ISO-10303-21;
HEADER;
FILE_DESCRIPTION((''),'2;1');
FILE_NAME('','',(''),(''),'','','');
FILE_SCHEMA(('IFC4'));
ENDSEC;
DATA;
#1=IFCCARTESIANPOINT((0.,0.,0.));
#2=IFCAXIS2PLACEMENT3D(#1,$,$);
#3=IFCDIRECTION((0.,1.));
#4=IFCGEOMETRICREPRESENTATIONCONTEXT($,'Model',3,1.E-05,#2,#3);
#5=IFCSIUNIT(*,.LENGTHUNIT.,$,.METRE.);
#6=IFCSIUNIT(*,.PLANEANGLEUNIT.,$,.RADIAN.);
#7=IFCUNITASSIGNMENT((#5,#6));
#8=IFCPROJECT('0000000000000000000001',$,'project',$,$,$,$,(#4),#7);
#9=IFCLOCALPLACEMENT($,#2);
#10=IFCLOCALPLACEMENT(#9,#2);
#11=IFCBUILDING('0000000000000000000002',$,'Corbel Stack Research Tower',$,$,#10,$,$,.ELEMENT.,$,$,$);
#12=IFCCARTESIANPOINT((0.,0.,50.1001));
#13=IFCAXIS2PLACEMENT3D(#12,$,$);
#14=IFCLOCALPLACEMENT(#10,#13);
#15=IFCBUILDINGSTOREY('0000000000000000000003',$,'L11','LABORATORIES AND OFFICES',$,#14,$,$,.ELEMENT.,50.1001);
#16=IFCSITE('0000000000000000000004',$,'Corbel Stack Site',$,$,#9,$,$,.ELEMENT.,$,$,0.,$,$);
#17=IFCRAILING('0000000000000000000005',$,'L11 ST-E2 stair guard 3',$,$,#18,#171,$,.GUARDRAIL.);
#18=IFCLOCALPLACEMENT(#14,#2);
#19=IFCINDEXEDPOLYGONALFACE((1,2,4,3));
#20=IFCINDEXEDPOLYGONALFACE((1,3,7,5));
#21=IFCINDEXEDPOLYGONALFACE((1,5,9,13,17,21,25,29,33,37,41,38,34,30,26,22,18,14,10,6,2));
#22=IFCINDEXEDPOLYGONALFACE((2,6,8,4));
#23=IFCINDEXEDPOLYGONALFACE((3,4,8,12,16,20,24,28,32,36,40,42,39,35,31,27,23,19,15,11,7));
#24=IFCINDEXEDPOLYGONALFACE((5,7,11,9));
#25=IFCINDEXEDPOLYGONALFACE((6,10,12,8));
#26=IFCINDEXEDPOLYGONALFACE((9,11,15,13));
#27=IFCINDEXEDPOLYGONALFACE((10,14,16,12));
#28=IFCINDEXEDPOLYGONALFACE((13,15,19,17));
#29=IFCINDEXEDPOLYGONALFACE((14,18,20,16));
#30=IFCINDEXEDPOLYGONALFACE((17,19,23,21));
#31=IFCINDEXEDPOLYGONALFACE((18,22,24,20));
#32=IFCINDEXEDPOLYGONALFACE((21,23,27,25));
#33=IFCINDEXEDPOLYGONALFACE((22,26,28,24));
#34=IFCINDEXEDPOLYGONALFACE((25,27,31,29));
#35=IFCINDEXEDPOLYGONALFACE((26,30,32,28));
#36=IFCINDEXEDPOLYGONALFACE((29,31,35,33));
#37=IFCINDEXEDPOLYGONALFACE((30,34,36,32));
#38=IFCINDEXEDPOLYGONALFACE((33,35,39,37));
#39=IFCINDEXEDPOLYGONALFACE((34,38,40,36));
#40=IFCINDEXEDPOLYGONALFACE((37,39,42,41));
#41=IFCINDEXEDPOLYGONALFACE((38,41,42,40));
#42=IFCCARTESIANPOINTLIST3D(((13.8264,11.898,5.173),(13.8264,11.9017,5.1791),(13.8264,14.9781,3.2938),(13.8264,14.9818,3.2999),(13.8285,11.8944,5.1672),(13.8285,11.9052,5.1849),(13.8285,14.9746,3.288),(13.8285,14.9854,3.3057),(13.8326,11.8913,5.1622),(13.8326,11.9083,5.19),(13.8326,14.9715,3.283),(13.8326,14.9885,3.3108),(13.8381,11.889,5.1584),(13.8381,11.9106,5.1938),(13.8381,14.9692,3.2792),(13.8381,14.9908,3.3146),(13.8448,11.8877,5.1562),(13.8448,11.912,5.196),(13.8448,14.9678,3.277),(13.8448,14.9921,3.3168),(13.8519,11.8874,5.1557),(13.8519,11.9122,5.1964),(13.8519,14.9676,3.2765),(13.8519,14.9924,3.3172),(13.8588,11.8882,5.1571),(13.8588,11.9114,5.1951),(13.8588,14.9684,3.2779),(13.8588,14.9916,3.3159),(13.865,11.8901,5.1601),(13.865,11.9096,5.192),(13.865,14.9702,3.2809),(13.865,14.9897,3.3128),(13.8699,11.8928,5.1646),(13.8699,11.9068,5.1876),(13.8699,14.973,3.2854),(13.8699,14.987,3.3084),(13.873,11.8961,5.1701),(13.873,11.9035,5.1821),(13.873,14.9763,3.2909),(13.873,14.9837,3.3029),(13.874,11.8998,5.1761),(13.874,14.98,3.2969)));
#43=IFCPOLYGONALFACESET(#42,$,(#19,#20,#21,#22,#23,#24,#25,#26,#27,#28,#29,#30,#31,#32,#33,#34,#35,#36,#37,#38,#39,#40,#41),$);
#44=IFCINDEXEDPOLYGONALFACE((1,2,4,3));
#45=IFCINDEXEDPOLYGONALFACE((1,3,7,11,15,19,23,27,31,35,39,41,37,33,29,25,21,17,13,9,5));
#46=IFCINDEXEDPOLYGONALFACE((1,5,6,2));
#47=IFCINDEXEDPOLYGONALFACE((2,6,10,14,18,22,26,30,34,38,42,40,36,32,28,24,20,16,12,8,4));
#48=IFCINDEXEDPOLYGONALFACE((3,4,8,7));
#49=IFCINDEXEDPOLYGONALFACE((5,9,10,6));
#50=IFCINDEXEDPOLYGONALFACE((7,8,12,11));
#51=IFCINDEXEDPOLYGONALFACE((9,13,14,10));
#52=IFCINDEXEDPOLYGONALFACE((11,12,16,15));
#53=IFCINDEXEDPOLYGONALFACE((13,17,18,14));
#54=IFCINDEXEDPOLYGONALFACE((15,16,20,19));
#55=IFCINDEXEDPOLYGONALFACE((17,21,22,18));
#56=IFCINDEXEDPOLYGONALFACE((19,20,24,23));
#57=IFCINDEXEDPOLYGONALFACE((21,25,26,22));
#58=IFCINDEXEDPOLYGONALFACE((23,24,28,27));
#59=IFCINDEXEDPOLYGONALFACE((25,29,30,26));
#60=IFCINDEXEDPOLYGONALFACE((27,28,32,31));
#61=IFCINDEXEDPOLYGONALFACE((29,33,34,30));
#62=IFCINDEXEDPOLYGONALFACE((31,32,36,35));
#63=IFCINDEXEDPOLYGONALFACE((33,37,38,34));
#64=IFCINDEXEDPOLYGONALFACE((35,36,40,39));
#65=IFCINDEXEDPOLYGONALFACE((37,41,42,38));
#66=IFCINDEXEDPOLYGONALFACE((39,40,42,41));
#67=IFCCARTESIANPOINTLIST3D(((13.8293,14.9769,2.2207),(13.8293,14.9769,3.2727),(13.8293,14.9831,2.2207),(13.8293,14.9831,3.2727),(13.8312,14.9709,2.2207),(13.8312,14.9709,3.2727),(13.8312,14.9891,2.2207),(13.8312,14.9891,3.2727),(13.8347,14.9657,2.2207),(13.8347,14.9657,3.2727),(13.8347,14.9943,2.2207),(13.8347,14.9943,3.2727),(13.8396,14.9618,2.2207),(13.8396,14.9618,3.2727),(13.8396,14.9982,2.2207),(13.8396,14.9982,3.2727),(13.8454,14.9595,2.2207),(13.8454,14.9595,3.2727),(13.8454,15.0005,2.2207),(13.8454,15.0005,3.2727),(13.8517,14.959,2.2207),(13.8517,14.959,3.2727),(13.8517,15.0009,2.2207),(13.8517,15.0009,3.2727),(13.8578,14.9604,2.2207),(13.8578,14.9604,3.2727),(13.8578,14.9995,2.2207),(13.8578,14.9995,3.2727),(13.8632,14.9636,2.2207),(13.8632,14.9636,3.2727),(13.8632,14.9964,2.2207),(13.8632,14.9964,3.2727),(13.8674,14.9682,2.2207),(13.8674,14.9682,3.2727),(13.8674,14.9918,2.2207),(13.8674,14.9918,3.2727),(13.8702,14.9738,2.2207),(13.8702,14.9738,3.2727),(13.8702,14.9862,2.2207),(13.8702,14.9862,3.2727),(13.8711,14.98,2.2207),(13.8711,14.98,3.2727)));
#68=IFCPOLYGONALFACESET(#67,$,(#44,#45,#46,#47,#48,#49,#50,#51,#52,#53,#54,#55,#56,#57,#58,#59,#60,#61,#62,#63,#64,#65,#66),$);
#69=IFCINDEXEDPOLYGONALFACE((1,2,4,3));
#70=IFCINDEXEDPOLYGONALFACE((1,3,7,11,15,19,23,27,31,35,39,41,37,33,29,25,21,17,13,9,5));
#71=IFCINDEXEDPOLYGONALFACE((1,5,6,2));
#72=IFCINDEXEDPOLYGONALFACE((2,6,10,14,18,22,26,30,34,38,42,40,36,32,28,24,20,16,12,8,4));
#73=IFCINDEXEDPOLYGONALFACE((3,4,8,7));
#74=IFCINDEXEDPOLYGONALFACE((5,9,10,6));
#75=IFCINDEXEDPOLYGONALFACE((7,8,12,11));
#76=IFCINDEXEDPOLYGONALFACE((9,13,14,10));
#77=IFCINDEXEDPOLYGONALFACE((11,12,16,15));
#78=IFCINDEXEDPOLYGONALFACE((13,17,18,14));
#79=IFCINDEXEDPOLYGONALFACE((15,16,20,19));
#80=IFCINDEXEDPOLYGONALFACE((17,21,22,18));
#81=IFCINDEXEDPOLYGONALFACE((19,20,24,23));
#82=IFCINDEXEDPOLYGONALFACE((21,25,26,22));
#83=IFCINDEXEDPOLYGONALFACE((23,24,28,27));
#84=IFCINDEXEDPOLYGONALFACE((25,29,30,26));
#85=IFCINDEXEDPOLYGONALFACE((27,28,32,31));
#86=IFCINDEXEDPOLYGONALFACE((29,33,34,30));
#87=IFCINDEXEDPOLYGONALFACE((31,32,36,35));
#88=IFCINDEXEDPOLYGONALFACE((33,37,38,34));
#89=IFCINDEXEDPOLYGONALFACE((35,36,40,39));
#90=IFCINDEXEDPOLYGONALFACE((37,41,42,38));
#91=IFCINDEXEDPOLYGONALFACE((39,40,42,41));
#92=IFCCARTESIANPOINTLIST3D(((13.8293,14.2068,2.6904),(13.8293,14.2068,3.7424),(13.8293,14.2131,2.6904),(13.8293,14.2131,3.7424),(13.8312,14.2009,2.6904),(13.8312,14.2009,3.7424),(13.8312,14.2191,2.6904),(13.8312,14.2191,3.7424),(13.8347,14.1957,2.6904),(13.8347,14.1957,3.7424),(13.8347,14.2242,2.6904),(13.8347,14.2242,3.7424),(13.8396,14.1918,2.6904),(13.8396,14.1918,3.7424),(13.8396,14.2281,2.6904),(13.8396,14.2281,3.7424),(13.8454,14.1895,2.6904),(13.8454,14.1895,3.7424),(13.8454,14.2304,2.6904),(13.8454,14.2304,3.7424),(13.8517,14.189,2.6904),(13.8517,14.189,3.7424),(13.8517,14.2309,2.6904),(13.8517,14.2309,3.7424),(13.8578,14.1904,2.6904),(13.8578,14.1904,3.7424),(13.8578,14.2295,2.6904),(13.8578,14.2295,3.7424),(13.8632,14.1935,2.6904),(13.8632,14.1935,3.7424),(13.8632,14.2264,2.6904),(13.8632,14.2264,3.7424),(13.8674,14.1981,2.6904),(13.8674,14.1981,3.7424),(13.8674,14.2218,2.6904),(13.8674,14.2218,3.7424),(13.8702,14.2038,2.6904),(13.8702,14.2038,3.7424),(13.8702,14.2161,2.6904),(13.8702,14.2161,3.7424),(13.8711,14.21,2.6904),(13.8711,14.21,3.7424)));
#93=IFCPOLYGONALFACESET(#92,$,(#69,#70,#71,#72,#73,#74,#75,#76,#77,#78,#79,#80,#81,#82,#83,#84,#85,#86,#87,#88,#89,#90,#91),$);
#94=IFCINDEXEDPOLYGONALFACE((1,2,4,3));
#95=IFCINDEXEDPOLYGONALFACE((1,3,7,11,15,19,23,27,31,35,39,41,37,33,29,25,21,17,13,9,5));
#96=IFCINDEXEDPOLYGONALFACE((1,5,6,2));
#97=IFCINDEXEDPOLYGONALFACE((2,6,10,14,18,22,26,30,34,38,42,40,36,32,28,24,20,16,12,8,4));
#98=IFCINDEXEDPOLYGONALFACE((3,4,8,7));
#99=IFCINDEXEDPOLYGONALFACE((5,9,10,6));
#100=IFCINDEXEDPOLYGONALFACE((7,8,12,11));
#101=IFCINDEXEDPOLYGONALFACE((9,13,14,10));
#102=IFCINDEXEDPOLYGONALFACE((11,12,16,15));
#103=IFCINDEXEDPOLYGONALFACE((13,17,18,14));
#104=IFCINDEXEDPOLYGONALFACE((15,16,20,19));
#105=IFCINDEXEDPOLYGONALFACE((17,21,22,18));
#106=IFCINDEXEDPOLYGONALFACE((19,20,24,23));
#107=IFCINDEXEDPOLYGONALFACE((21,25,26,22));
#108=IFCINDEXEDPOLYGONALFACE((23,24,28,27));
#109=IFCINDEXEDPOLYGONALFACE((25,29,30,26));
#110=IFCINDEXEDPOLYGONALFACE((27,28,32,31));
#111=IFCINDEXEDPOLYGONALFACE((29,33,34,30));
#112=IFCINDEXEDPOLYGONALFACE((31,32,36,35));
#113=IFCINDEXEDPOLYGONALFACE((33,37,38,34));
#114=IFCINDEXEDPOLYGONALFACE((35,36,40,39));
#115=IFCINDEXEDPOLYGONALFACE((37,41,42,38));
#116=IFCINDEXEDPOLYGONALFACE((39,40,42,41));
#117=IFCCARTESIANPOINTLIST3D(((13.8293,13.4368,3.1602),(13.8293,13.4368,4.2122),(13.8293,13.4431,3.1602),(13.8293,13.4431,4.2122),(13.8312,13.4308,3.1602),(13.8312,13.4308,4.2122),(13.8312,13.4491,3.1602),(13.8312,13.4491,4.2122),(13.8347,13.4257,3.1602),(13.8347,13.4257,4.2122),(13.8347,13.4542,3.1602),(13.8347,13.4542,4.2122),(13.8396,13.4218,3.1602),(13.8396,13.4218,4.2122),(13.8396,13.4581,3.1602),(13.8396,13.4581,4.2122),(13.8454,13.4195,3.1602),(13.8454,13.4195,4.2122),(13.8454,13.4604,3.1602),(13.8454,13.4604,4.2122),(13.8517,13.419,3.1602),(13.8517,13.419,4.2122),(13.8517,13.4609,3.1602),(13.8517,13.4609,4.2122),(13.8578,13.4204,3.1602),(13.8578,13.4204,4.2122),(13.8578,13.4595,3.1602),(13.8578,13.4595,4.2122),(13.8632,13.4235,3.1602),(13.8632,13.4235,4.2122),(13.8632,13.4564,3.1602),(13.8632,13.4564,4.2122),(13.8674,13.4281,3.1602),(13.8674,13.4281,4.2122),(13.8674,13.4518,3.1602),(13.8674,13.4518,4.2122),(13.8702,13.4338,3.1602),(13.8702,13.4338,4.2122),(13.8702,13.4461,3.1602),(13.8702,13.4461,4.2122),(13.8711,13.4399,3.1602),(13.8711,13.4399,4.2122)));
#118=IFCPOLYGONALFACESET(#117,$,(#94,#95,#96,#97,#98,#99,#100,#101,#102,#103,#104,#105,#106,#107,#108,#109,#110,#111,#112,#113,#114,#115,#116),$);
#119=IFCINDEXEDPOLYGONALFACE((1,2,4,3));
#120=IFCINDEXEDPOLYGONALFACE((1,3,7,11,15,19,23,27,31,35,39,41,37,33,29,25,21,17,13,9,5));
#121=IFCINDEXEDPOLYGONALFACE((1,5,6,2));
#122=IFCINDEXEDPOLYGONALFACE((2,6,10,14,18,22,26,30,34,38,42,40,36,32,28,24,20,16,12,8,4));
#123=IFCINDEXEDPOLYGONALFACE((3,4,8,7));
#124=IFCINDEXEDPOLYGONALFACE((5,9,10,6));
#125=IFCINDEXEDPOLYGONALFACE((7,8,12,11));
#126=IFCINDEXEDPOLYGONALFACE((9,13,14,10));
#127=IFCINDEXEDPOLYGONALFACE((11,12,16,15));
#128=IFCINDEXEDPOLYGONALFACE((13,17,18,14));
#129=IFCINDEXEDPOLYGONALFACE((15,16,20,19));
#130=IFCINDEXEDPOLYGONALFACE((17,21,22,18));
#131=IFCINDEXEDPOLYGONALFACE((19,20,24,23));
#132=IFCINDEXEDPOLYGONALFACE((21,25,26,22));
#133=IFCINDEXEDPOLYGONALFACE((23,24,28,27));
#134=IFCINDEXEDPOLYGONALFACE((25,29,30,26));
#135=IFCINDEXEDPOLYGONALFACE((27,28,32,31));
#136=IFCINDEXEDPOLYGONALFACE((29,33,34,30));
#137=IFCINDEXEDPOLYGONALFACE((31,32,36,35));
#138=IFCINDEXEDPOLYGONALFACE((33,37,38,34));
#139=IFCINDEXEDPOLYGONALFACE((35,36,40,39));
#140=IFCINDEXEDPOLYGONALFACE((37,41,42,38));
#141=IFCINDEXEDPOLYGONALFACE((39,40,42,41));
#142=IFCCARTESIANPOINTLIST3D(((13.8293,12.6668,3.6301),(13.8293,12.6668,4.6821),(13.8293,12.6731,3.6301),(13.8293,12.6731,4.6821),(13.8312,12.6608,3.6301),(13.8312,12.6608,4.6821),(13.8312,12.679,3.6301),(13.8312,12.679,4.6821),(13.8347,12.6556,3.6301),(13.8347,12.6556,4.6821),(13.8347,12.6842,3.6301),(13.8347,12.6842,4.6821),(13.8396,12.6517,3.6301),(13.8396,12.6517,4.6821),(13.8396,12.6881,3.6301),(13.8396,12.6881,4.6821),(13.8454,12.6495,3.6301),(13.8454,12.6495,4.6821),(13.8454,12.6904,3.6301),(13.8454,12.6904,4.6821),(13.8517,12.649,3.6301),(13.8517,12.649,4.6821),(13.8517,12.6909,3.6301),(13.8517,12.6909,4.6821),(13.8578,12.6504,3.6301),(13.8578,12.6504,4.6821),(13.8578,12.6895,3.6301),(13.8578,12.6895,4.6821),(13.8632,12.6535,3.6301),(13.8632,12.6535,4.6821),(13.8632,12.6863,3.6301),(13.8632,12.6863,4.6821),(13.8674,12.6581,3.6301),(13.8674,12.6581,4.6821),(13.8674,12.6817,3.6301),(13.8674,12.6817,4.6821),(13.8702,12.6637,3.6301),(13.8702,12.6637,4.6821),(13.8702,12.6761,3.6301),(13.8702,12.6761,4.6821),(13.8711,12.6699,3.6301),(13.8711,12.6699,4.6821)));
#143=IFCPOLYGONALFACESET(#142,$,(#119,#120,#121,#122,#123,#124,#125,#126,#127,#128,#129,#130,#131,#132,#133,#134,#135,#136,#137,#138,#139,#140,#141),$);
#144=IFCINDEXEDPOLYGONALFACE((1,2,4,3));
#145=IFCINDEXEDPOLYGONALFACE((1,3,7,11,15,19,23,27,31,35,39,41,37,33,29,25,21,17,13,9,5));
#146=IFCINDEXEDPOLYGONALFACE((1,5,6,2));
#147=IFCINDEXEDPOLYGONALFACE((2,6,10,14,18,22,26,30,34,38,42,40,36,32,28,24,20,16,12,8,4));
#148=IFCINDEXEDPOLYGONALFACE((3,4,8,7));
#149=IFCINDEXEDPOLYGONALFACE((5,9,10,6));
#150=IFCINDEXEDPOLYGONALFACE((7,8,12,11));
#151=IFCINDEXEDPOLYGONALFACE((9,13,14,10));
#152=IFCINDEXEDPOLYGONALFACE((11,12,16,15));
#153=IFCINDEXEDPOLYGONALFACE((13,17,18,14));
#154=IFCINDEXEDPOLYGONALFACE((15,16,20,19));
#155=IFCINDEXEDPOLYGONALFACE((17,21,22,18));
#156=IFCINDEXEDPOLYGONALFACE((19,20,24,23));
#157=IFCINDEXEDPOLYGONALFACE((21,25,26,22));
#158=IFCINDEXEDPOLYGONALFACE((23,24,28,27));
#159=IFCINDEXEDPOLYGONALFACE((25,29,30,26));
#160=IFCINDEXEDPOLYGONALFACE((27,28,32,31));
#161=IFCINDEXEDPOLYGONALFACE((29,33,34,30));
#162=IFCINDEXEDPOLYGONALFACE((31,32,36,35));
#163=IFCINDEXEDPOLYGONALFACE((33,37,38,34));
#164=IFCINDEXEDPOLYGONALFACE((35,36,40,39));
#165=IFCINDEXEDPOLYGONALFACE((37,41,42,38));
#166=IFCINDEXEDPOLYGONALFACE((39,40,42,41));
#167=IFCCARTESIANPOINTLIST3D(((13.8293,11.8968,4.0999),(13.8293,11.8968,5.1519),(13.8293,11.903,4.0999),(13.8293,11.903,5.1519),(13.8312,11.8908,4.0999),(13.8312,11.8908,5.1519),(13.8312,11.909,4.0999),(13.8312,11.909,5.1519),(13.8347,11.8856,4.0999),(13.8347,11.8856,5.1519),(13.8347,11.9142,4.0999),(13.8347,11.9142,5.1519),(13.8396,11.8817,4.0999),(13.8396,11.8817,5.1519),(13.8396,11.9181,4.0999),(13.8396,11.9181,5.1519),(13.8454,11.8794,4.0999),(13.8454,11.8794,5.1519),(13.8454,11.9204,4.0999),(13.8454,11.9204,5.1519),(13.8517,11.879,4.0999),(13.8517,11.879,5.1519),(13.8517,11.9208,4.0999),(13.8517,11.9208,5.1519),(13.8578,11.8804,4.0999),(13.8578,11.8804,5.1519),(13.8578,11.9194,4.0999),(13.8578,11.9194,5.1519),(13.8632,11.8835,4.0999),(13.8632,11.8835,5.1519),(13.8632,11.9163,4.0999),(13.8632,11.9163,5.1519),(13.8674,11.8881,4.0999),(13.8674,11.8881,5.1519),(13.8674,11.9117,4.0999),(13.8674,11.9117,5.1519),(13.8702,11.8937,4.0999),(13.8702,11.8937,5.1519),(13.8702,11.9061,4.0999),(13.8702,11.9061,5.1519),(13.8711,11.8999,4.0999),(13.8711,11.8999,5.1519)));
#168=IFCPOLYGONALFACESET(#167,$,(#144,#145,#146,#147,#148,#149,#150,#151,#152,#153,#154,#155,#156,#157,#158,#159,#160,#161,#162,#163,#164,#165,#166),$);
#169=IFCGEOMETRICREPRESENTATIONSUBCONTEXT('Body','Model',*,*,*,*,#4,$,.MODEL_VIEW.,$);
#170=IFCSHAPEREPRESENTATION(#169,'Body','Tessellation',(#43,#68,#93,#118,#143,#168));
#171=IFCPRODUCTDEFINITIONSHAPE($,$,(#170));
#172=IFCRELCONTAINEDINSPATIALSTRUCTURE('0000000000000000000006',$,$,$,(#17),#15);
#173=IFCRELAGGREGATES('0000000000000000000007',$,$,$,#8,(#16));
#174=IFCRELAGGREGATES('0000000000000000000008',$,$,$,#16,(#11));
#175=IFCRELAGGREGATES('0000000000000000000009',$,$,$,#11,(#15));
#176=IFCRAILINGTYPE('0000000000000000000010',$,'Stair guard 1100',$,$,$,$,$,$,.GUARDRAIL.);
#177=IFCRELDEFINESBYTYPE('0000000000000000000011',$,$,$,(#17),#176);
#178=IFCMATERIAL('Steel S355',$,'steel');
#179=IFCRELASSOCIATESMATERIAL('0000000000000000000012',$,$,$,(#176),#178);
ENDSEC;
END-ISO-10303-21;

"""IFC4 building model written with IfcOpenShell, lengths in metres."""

from ifc_helpers import new_model, si_unit, direction, frame, origin, origin_2d, place, context, subcontext, project, spatial, circle, extrude, material, type_object, element, save


model = new_model("IFC4")

# Units and contexts
model_context = context("Model", 3, precision=1e-05, world=origin(), true_north=direction((0.0, 1.0)))
body_context = subcontext(model_context, "Body", "Model", "MODEL_VIEW")
ifc_project = project(units=[si_unit("LENGTHUNIT", "METRE"), si_unit("PLANEANGLEUNIT", "RADIAN")], contexts=[model_context])

# Site, building, storey
site_placement = place(None, origin())
site = spatial("IfcSite", under=ifc_project, at=site_placement, Name="Corbel Stack Site", CompositionType="ELEMENT", RefElevation=0.0)
building_placement = place(site_placement, origin())
building = spatial("IfcBuilding", under=site, at=building_placement, Name="Corbel Stack Research Tower", CompositionType="ELEMENT")
storey_placement = place(building_placement, frame((0.0, 0.0, 50.1001)))
storey = spatial("IfcBuildingStorey", under=building, at=storey_placement, Name="L11", Description="LABORATORIES AND OFFICES", CompositionType="ELEMENT", Elevation=50.1001)

# Railing
ifc_material_1 = material(Name="Steel S355", Category="steel")
railing_type_1 = type_object("IfcRailingType", Name="Stair guard 1100", PredefinedType="GUARDRAIL", material=ifc_material_1)
railing_1_placement = place(storey_placement, frame((13.8501, 14.98, 2.2207)))
element("IfcRailing", 1, at=railing_1_placement, inside=storey, type_object=railing_type_1, Name="L11 ST-E2 stair guard 3", PredefinedType="GUARDRAIL", context=body_context, shape_type="SweptSolid", body=[
    extrude(circle(Radius=0.0239, at=origin_2d()), frame((0.0, 0.0, 1.0762), z_axis=(0.0, -0.853666, 0.52082), x_axis=(1.0, 0.0, 0.0)), (0.0, 0.0, 1.0), 3.6082),
    extrude(circle(Radius=0.021, at=origin_2d()), origin(), (0.0, 0.0, 1.0), 1.052),
    extrude(circle(Radius=0.021, at=origin_2d()), frame((0.0, -0.77, 0.4697)), (0.0, 0.0, 1.0), 1.052),
    extrude(circle(Radius=0.021, at=origin_2d()), frame((0.0, -1.54, 0.9395)), (0.0, 0.0, 1.0), 1.052),
    extrude(circle(Radius=0.021, at=origin_2d()), frame((0.0, -2.3101, 1.4094)), (0.0, 0.0, 1.0), 1.052),
    extrude(circle(Radius=0.021, at=origin_2d()), frame((0.0, -3.0801, 1.8792)), (0.0, 0.0, 1.0), 1.052),
])

save(model, "model.ifc")
